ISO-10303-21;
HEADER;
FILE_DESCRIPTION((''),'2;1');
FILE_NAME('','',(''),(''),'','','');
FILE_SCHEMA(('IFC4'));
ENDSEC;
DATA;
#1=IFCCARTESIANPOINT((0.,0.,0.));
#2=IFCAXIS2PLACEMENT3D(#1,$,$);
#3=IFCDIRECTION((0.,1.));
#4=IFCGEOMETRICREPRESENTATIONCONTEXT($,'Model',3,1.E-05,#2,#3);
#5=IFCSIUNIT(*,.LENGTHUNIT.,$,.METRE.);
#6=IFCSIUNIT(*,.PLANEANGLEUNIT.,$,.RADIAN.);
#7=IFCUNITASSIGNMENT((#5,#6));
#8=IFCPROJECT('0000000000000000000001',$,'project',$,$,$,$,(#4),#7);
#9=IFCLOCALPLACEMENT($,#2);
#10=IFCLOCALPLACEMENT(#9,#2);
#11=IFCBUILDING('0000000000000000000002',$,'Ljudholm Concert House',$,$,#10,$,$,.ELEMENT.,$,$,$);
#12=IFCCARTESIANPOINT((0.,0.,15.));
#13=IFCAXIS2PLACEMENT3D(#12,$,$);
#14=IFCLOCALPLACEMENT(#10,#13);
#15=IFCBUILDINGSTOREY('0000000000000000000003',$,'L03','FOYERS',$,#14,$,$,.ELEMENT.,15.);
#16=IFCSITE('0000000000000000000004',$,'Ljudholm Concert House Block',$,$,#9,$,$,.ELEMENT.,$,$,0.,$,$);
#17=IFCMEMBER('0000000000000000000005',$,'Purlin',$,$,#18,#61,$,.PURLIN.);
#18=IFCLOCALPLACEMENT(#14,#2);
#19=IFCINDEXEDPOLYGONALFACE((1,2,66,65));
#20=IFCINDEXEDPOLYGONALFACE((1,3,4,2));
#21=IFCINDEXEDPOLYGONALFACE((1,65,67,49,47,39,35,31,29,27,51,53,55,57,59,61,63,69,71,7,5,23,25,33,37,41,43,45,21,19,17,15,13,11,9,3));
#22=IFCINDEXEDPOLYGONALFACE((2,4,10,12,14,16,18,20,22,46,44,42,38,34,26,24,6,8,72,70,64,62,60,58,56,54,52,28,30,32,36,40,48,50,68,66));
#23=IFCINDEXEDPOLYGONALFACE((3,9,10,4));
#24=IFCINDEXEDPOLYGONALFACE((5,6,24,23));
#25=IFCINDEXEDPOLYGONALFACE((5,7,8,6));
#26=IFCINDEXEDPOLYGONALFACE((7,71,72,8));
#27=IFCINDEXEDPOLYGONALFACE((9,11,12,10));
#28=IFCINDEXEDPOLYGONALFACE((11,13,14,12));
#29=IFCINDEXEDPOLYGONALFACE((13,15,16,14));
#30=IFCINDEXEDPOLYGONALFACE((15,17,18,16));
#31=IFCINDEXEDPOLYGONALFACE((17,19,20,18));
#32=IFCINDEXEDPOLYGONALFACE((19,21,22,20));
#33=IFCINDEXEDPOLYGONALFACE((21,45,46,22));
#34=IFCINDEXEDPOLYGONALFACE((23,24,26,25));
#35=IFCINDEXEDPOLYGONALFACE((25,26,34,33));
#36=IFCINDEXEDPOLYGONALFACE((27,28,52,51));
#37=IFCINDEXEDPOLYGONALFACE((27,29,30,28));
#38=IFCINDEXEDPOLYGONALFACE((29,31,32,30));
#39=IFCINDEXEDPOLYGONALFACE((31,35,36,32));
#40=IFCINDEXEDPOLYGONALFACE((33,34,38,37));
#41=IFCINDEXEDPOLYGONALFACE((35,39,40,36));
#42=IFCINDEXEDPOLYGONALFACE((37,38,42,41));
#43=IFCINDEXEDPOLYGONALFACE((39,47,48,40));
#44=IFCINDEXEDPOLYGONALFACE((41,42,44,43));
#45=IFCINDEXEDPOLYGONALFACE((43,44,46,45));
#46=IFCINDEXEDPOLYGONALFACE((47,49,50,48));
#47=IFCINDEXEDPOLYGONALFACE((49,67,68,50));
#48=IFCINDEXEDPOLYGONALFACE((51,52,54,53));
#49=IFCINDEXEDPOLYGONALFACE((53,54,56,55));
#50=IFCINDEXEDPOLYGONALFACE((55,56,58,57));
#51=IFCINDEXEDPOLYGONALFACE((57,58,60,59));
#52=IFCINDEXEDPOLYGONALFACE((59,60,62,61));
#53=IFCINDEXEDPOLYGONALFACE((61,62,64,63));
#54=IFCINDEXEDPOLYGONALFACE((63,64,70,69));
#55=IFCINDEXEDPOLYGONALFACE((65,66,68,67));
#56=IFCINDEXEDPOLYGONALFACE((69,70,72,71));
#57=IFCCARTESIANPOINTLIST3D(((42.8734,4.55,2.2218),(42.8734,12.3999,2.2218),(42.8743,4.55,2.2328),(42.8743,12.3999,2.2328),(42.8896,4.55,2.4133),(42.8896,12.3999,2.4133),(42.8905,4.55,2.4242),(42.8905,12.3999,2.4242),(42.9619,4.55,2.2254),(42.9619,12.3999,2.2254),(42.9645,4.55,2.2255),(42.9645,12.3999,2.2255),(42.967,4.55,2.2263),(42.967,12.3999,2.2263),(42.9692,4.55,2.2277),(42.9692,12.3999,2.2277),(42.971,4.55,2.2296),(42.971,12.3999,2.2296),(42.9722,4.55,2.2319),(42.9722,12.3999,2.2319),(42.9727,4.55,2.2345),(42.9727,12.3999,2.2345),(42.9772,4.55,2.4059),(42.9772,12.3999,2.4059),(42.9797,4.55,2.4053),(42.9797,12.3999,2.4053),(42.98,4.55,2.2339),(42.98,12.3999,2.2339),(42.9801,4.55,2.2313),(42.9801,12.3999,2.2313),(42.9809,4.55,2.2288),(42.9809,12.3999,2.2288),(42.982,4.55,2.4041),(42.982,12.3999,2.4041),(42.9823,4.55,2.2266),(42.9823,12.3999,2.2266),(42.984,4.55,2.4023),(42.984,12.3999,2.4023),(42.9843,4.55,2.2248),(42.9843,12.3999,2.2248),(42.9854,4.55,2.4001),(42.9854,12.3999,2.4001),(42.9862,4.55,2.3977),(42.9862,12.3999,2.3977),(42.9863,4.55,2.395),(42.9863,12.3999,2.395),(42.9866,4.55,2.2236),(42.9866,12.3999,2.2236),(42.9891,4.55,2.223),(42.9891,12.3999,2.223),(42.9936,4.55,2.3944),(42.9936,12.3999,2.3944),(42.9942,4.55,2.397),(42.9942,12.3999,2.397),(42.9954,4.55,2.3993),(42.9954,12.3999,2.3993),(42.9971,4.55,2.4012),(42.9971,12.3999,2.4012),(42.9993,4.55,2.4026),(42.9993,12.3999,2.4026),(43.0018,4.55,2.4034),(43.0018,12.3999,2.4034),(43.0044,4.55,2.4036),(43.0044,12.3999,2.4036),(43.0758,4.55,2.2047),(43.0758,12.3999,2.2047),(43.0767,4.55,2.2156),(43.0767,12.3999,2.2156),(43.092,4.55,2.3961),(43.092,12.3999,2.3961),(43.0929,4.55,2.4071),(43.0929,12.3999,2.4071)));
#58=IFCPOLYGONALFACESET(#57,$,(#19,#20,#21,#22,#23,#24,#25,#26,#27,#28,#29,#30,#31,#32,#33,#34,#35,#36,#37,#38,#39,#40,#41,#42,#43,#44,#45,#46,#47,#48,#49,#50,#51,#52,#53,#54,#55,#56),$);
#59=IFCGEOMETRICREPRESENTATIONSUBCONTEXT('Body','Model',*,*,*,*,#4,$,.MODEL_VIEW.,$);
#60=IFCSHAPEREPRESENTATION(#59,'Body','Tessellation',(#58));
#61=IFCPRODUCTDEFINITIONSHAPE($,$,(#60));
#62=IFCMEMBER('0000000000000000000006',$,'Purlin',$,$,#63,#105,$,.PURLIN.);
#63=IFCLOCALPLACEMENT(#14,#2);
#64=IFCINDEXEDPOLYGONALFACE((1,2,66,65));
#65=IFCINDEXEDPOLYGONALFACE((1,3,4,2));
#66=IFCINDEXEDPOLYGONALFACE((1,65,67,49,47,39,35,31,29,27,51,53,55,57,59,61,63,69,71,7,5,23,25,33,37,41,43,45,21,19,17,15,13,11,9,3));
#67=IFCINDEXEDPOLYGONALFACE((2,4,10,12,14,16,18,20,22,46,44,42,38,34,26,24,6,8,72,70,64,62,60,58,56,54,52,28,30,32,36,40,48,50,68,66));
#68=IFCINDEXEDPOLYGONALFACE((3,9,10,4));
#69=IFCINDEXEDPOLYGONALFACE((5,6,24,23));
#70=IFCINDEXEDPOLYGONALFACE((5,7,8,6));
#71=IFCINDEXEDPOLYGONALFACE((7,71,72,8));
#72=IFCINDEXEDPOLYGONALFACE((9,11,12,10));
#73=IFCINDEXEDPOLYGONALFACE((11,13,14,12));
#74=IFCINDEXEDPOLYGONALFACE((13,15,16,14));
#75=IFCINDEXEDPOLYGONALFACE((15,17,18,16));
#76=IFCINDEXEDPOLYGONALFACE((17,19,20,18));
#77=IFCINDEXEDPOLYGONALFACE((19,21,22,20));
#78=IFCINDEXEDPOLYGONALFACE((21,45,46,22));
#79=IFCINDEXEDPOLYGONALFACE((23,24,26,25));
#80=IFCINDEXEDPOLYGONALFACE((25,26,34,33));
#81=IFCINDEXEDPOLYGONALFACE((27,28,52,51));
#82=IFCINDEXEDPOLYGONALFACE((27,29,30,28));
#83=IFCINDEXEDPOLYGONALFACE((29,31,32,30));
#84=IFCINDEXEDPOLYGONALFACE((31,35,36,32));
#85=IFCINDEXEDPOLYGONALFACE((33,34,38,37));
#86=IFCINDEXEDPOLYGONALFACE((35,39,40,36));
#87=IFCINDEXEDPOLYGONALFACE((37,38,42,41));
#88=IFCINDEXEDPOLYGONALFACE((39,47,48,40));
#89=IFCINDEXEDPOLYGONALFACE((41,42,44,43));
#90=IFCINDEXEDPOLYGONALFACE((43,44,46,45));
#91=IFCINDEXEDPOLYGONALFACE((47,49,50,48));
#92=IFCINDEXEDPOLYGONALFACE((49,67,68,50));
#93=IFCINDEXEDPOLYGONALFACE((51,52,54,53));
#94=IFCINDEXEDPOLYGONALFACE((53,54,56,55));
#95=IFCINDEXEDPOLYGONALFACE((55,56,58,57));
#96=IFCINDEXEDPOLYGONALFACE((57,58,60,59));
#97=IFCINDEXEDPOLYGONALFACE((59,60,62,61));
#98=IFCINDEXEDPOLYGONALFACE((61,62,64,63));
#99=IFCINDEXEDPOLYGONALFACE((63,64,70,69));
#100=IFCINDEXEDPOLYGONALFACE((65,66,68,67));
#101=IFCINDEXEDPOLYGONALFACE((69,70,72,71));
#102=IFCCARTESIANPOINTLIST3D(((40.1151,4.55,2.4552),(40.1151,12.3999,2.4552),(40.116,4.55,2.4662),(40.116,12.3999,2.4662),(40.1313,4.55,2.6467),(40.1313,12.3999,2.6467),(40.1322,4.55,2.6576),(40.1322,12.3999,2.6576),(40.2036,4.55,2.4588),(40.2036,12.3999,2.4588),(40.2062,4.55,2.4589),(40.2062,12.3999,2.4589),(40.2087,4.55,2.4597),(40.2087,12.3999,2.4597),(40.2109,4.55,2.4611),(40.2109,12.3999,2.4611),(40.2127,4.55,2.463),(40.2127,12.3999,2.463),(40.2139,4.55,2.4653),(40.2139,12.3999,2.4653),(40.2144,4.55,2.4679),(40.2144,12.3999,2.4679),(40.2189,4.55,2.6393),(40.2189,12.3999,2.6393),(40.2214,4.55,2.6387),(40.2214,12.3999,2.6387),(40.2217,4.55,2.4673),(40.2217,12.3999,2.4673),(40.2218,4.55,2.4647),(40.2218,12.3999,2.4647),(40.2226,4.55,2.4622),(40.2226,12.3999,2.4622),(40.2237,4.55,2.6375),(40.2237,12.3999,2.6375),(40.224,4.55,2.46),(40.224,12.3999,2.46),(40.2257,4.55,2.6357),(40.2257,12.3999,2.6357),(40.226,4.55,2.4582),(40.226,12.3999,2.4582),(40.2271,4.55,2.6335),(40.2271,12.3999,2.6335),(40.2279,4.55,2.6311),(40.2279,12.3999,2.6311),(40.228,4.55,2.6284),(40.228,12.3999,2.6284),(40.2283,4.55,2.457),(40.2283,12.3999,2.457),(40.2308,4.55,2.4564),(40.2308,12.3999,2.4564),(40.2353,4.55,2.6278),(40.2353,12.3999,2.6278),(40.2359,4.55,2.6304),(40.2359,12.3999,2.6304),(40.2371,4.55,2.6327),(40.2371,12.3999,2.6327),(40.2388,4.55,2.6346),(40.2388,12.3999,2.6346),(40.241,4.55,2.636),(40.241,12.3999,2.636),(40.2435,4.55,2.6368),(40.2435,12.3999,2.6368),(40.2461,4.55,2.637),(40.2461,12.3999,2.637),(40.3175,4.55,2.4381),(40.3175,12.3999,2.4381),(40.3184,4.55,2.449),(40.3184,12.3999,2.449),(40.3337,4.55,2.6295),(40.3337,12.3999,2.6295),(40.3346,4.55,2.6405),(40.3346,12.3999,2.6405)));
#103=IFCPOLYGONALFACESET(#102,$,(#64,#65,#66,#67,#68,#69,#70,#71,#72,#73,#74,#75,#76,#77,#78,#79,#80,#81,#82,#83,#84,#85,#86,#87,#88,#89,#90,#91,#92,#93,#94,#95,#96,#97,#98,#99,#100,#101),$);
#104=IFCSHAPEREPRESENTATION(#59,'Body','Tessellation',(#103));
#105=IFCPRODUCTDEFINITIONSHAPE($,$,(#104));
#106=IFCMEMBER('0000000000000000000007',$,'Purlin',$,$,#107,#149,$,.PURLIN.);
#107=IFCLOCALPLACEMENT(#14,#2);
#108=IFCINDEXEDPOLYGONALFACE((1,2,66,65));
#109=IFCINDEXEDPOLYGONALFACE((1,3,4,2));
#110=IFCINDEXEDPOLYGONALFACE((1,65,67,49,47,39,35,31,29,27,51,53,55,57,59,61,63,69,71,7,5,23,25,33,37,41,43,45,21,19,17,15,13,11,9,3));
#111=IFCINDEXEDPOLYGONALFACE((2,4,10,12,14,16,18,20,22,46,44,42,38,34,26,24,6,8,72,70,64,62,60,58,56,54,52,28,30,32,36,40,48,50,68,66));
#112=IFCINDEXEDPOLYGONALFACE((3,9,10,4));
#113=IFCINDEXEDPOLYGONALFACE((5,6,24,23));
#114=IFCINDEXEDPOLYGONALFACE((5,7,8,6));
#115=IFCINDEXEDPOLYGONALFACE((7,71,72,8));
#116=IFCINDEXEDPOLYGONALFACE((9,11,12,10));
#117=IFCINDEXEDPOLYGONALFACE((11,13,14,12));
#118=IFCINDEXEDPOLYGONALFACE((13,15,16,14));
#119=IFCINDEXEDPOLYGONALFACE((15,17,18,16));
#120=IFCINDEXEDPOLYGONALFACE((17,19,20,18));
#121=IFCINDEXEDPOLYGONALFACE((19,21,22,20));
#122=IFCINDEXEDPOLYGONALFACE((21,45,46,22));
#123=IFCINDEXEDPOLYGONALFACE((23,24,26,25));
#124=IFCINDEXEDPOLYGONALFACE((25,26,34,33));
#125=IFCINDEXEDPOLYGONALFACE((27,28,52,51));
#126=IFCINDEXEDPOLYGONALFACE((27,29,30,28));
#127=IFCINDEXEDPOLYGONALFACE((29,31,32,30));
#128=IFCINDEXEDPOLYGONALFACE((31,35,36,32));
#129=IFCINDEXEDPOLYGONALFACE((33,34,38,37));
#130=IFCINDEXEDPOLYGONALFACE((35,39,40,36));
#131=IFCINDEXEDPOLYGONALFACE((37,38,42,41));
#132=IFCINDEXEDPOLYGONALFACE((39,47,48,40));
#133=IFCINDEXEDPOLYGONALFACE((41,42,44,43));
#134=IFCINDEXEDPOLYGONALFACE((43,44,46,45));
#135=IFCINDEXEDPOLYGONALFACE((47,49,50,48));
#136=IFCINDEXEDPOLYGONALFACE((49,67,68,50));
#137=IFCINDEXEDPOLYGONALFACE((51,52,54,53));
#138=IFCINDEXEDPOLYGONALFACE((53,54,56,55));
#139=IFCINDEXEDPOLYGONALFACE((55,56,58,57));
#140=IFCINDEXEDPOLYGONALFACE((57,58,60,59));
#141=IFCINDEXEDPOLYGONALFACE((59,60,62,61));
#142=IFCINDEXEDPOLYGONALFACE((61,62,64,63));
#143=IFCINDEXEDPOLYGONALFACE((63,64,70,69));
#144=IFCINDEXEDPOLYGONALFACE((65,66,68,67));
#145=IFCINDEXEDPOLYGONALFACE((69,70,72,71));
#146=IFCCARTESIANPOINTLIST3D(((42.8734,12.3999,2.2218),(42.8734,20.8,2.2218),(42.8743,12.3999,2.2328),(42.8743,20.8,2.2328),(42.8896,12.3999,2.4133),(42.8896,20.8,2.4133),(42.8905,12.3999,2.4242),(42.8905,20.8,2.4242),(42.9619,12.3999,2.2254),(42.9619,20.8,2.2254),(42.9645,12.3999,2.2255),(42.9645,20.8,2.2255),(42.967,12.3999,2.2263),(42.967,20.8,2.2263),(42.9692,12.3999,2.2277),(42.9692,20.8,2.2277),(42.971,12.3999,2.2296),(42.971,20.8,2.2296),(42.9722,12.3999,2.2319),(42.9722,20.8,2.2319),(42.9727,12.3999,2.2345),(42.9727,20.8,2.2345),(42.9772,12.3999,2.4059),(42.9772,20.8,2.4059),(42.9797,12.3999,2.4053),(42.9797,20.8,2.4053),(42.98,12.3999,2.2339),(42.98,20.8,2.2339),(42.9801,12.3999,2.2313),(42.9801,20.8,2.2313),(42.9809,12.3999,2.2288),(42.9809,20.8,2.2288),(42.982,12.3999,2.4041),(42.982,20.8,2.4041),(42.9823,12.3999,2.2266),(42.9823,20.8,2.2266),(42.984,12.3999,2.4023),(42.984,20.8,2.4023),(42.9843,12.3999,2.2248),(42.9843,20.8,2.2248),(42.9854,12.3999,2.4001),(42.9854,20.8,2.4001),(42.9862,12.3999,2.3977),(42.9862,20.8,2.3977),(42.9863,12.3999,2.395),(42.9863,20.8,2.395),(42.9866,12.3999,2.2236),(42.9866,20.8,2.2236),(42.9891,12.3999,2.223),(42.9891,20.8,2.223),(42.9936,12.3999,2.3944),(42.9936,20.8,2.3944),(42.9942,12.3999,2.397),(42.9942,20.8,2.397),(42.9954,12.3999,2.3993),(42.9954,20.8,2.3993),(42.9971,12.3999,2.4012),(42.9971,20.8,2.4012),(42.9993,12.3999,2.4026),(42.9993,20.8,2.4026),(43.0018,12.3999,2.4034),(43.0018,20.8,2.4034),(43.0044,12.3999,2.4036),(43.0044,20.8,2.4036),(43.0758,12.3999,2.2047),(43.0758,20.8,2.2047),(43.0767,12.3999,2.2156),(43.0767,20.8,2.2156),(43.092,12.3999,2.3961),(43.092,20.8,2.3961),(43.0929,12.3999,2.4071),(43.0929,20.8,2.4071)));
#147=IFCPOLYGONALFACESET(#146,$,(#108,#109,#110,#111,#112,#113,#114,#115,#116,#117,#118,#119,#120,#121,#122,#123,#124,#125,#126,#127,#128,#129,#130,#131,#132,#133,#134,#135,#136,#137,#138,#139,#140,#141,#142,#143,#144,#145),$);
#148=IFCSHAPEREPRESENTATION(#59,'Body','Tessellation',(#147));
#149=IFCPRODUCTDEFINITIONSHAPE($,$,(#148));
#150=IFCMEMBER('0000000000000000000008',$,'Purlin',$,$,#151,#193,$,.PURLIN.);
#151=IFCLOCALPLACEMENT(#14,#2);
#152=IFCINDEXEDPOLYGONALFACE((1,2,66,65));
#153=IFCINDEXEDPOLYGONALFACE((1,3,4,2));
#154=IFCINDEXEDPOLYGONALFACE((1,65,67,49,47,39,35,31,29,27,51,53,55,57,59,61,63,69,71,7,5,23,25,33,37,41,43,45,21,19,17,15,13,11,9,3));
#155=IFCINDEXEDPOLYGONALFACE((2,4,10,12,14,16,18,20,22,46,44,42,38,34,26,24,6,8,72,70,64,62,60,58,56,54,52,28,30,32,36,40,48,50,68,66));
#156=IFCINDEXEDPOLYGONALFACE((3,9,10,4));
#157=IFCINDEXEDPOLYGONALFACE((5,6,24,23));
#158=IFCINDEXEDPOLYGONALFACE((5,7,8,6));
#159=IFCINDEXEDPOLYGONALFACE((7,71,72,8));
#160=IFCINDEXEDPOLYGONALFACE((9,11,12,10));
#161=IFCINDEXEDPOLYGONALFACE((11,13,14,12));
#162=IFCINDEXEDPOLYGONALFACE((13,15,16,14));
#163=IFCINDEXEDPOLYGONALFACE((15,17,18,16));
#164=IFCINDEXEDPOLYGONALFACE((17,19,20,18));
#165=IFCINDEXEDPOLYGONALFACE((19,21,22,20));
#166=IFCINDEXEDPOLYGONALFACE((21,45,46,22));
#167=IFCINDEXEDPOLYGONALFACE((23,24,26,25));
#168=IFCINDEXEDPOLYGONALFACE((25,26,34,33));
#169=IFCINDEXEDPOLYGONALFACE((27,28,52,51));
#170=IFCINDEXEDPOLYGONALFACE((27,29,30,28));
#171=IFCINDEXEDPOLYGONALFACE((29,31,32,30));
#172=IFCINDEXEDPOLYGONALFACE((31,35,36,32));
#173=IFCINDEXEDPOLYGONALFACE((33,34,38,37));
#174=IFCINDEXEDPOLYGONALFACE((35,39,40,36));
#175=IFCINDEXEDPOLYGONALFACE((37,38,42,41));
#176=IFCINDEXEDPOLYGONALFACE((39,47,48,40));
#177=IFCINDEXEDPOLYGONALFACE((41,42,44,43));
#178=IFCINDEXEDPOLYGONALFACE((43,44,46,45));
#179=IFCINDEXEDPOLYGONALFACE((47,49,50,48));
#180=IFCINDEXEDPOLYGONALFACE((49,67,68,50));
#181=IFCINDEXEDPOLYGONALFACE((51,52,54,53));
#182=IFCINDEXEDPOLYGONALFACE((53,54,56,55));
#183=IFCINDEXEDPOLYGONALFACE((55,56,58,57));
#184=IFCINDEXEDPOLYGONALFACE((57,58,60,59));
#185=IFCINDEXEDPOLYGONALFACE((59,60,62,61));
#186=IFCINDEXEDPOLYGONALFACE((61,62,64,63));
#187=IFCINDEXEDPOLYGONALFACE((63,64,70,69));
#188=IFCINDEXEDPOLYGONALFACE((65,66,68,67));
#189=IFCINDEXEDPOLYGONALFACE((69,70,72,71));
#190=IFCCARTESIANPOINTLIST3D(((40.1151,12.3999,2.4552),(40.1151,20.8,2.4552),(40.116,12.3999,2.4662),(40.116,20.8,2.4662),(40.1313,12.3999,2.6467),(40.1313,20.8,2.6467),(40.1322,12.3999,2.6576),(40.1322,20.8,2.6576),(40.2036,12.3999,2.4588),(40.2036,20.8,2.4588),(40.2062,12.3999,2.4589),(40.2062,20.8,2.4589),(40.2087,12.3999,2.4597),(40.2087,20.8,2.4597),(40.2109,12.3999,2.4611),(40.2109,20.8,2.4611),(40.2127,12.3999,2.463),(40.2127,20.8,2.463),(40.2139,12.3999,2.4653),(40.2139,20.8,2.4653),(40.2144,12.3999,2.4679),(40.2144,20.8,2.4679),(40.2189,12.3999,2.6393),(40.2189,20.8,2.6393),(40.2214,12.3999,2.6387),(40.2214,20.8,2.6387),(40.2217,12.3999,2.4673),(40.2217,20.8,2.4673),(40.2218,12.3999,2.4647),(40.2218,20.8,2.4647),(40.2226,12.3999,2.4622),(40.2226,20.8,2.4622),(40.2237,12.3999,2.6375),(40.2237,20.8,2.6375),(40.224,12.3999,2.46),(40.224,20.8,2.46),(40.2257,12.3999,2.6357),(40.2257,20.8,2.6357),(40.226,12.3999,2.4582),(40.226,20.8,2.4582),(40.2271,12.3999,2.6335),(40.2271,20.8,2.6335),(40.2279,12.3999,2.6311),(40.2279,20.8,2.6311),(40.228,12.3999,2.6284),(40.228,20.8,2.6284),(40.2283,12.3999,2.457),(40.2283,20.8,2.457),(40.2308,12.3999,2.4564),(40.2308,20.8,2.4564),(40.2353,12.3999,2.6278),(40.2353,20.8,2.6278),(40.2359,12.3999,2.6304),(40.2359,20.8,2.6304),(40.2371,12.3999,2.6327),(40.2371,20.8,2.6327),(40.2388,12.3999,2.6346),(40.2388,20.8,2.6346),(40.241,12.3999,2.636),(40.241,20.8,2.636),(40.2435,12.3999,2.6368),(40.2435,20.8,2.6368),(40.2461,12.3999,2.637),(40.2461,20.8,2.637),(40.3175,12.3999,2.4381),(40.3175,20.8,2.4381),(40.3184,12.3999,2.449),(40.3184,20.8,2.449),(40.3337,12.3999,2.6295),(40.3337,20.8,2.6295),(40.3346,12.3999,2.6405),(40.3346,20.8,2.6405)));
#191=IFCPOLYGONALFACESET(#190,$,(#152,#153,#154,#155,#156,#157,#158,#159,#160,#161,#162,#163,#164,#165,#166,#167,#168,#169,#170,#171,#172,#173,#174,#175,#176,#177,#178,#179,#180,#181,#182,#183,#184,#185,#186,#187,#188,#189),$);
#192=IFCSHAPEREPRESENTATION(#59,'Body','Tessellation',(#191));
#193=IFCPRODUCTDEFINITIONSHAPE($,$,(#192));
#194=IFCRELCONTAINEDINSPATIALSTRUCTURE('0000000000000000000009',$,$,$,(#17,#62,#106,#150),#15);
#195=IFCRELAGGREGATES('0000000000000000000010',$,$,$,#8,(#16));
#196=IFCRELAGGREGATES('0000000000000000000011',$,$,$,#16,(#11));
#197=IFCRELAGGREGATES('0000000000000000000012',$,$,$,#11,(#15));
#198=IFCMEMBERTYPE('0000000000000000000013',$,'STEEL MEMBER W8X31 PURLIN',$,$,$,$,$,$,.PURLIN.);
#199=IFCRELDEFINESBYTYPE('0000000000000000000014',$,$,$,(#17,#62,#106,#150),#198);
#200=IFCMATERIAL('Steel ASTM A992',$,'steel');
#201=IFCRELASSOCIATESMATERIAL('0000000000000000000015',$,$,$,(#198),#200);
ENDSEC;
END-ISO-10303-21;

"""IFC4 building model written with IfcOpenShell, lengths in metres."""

from ifc_helpers import new_model, si_unit, direction, frame, origin, origin_2d, place, context, subcontext, project, spatial, i_section, extrude, material, material_profile, profile_set, type_object, element, save


model = new_model("IFC4")

# Units and contexts
model_context = context("Model", 3, precision=1e-05, world=origin(), true_north=direction((0.0, 1.0)))
body_context = subcontext(model_context, "Body", "Model", "MODEL_VIEW")
ifc_project = project(units=[si_unit("LENGTHUNIT", "METRE"), si_unit("PLANEANGLEUNIT", "RADIAN")], contexts=[model_context])

# Site, building, storey
site_placement = place(None, origin())
site = spatial("IfcSite", under=ifc_project, at=site_placement, Name="Ljudholm Concert House Block", CompositionType="ELEMENT", RefElevation=0.0)
building_placement = place(site_placement, origin())
building = spatial("IfcBuilding", under=site, at=building_placement, Name="Ljudholm Concert House", CompositionType="ELEMENT")
storey_placement = place(building_placement, frame((0.0, 0.0, 15.0)))
storey = spatial("IfcBuildingStorey", under=building, at=storey_placement, Name="L03", Description="FOYERS", CompositionType="ELEMENT", Elevation=15.0)

# Members
ifc_material_1 = material(Name="Steel ASTM A992", Category="steel")
ifc_material_profile_1 = material_profile(ifc_material_1, i_section(OverallWidth=0.2031, OverallDepth=0.2031, WebThickness=0.0073, FlangeThickness=0.011, FilletRadius=0.01, at=origin_2d()), Name="W8X31")
ifc_profile_set_1 = profile_set([ifc_material_profile_1], Name="Steel ASTM A992")
member_type_1 = type_object("IfcMemberType", Name="STEEL MEMBER W8X31 PURLIN", PredefinedType="PURLIN", material=ifc_profile_set_1)
for number, where, z_axis, x_axis, name in (
    (1, (42.9832, 4.55, 2.3145), (0.0, 1.0, 0.0), (-0.996441, 0.0, 0.084291), "Purlin"),
    (2, (40.2249, 4.55, 2.5479), (0.0, 1.0, 0.0), (-0.996441, 0.0, 0.084291), "Purlin"),
):
    element("IfcMember", number, at=place(storey_placement, frame(where, z_axis=z_axis, x_axis=x_axis)), inside=storey, type_object=member_type_1, Name=name, PredefinedType="PURLIN", context=body_context, shape_type="SweptSolid", body=[
        extrude(i_section(OverallWidth=0.2031, OverallDepth=0.2031, WebThickness=0.0073, FlangeThickness=0.011, FilletRadius=0.01, at=origin_2d()), origin(), (0.0, 0.0, 1.0), 7.8499),
    ])
for number, where, z_axis, x_axis, name in (
    (3, (42.9832, 12.3999, 2.3145), (0.0, 1.0, 0.0), (-0.996441, 0.0, 0.084291), "Purlin"),
    (4, (40.2249, 12.3999, 2.5479), (0.0, 1.0, 0.0), (-0.996441, 0.0, 0.084291), "Purlin"),
):
    element("IfcMember", number, at=place(storey_placement, frame(where, z_axis=z_axis, x_axis=x_axis)), inside=storey, type_object=member_type_1, Name=name, PredefinedType="PURLIN", context=body_context, shape_type="SweptSolid", body=[
        extrude(i_section(OverallWidth=0.2031, OverallDepth=0.2031, WebThickness=0.0073, FlangeThickness=0.011, FilletRadius=0.01, at=origin_2d()), origin(), (0.0, 0.0, 1.0), 8.4001),
    ])

save(model, "model.ifc")
